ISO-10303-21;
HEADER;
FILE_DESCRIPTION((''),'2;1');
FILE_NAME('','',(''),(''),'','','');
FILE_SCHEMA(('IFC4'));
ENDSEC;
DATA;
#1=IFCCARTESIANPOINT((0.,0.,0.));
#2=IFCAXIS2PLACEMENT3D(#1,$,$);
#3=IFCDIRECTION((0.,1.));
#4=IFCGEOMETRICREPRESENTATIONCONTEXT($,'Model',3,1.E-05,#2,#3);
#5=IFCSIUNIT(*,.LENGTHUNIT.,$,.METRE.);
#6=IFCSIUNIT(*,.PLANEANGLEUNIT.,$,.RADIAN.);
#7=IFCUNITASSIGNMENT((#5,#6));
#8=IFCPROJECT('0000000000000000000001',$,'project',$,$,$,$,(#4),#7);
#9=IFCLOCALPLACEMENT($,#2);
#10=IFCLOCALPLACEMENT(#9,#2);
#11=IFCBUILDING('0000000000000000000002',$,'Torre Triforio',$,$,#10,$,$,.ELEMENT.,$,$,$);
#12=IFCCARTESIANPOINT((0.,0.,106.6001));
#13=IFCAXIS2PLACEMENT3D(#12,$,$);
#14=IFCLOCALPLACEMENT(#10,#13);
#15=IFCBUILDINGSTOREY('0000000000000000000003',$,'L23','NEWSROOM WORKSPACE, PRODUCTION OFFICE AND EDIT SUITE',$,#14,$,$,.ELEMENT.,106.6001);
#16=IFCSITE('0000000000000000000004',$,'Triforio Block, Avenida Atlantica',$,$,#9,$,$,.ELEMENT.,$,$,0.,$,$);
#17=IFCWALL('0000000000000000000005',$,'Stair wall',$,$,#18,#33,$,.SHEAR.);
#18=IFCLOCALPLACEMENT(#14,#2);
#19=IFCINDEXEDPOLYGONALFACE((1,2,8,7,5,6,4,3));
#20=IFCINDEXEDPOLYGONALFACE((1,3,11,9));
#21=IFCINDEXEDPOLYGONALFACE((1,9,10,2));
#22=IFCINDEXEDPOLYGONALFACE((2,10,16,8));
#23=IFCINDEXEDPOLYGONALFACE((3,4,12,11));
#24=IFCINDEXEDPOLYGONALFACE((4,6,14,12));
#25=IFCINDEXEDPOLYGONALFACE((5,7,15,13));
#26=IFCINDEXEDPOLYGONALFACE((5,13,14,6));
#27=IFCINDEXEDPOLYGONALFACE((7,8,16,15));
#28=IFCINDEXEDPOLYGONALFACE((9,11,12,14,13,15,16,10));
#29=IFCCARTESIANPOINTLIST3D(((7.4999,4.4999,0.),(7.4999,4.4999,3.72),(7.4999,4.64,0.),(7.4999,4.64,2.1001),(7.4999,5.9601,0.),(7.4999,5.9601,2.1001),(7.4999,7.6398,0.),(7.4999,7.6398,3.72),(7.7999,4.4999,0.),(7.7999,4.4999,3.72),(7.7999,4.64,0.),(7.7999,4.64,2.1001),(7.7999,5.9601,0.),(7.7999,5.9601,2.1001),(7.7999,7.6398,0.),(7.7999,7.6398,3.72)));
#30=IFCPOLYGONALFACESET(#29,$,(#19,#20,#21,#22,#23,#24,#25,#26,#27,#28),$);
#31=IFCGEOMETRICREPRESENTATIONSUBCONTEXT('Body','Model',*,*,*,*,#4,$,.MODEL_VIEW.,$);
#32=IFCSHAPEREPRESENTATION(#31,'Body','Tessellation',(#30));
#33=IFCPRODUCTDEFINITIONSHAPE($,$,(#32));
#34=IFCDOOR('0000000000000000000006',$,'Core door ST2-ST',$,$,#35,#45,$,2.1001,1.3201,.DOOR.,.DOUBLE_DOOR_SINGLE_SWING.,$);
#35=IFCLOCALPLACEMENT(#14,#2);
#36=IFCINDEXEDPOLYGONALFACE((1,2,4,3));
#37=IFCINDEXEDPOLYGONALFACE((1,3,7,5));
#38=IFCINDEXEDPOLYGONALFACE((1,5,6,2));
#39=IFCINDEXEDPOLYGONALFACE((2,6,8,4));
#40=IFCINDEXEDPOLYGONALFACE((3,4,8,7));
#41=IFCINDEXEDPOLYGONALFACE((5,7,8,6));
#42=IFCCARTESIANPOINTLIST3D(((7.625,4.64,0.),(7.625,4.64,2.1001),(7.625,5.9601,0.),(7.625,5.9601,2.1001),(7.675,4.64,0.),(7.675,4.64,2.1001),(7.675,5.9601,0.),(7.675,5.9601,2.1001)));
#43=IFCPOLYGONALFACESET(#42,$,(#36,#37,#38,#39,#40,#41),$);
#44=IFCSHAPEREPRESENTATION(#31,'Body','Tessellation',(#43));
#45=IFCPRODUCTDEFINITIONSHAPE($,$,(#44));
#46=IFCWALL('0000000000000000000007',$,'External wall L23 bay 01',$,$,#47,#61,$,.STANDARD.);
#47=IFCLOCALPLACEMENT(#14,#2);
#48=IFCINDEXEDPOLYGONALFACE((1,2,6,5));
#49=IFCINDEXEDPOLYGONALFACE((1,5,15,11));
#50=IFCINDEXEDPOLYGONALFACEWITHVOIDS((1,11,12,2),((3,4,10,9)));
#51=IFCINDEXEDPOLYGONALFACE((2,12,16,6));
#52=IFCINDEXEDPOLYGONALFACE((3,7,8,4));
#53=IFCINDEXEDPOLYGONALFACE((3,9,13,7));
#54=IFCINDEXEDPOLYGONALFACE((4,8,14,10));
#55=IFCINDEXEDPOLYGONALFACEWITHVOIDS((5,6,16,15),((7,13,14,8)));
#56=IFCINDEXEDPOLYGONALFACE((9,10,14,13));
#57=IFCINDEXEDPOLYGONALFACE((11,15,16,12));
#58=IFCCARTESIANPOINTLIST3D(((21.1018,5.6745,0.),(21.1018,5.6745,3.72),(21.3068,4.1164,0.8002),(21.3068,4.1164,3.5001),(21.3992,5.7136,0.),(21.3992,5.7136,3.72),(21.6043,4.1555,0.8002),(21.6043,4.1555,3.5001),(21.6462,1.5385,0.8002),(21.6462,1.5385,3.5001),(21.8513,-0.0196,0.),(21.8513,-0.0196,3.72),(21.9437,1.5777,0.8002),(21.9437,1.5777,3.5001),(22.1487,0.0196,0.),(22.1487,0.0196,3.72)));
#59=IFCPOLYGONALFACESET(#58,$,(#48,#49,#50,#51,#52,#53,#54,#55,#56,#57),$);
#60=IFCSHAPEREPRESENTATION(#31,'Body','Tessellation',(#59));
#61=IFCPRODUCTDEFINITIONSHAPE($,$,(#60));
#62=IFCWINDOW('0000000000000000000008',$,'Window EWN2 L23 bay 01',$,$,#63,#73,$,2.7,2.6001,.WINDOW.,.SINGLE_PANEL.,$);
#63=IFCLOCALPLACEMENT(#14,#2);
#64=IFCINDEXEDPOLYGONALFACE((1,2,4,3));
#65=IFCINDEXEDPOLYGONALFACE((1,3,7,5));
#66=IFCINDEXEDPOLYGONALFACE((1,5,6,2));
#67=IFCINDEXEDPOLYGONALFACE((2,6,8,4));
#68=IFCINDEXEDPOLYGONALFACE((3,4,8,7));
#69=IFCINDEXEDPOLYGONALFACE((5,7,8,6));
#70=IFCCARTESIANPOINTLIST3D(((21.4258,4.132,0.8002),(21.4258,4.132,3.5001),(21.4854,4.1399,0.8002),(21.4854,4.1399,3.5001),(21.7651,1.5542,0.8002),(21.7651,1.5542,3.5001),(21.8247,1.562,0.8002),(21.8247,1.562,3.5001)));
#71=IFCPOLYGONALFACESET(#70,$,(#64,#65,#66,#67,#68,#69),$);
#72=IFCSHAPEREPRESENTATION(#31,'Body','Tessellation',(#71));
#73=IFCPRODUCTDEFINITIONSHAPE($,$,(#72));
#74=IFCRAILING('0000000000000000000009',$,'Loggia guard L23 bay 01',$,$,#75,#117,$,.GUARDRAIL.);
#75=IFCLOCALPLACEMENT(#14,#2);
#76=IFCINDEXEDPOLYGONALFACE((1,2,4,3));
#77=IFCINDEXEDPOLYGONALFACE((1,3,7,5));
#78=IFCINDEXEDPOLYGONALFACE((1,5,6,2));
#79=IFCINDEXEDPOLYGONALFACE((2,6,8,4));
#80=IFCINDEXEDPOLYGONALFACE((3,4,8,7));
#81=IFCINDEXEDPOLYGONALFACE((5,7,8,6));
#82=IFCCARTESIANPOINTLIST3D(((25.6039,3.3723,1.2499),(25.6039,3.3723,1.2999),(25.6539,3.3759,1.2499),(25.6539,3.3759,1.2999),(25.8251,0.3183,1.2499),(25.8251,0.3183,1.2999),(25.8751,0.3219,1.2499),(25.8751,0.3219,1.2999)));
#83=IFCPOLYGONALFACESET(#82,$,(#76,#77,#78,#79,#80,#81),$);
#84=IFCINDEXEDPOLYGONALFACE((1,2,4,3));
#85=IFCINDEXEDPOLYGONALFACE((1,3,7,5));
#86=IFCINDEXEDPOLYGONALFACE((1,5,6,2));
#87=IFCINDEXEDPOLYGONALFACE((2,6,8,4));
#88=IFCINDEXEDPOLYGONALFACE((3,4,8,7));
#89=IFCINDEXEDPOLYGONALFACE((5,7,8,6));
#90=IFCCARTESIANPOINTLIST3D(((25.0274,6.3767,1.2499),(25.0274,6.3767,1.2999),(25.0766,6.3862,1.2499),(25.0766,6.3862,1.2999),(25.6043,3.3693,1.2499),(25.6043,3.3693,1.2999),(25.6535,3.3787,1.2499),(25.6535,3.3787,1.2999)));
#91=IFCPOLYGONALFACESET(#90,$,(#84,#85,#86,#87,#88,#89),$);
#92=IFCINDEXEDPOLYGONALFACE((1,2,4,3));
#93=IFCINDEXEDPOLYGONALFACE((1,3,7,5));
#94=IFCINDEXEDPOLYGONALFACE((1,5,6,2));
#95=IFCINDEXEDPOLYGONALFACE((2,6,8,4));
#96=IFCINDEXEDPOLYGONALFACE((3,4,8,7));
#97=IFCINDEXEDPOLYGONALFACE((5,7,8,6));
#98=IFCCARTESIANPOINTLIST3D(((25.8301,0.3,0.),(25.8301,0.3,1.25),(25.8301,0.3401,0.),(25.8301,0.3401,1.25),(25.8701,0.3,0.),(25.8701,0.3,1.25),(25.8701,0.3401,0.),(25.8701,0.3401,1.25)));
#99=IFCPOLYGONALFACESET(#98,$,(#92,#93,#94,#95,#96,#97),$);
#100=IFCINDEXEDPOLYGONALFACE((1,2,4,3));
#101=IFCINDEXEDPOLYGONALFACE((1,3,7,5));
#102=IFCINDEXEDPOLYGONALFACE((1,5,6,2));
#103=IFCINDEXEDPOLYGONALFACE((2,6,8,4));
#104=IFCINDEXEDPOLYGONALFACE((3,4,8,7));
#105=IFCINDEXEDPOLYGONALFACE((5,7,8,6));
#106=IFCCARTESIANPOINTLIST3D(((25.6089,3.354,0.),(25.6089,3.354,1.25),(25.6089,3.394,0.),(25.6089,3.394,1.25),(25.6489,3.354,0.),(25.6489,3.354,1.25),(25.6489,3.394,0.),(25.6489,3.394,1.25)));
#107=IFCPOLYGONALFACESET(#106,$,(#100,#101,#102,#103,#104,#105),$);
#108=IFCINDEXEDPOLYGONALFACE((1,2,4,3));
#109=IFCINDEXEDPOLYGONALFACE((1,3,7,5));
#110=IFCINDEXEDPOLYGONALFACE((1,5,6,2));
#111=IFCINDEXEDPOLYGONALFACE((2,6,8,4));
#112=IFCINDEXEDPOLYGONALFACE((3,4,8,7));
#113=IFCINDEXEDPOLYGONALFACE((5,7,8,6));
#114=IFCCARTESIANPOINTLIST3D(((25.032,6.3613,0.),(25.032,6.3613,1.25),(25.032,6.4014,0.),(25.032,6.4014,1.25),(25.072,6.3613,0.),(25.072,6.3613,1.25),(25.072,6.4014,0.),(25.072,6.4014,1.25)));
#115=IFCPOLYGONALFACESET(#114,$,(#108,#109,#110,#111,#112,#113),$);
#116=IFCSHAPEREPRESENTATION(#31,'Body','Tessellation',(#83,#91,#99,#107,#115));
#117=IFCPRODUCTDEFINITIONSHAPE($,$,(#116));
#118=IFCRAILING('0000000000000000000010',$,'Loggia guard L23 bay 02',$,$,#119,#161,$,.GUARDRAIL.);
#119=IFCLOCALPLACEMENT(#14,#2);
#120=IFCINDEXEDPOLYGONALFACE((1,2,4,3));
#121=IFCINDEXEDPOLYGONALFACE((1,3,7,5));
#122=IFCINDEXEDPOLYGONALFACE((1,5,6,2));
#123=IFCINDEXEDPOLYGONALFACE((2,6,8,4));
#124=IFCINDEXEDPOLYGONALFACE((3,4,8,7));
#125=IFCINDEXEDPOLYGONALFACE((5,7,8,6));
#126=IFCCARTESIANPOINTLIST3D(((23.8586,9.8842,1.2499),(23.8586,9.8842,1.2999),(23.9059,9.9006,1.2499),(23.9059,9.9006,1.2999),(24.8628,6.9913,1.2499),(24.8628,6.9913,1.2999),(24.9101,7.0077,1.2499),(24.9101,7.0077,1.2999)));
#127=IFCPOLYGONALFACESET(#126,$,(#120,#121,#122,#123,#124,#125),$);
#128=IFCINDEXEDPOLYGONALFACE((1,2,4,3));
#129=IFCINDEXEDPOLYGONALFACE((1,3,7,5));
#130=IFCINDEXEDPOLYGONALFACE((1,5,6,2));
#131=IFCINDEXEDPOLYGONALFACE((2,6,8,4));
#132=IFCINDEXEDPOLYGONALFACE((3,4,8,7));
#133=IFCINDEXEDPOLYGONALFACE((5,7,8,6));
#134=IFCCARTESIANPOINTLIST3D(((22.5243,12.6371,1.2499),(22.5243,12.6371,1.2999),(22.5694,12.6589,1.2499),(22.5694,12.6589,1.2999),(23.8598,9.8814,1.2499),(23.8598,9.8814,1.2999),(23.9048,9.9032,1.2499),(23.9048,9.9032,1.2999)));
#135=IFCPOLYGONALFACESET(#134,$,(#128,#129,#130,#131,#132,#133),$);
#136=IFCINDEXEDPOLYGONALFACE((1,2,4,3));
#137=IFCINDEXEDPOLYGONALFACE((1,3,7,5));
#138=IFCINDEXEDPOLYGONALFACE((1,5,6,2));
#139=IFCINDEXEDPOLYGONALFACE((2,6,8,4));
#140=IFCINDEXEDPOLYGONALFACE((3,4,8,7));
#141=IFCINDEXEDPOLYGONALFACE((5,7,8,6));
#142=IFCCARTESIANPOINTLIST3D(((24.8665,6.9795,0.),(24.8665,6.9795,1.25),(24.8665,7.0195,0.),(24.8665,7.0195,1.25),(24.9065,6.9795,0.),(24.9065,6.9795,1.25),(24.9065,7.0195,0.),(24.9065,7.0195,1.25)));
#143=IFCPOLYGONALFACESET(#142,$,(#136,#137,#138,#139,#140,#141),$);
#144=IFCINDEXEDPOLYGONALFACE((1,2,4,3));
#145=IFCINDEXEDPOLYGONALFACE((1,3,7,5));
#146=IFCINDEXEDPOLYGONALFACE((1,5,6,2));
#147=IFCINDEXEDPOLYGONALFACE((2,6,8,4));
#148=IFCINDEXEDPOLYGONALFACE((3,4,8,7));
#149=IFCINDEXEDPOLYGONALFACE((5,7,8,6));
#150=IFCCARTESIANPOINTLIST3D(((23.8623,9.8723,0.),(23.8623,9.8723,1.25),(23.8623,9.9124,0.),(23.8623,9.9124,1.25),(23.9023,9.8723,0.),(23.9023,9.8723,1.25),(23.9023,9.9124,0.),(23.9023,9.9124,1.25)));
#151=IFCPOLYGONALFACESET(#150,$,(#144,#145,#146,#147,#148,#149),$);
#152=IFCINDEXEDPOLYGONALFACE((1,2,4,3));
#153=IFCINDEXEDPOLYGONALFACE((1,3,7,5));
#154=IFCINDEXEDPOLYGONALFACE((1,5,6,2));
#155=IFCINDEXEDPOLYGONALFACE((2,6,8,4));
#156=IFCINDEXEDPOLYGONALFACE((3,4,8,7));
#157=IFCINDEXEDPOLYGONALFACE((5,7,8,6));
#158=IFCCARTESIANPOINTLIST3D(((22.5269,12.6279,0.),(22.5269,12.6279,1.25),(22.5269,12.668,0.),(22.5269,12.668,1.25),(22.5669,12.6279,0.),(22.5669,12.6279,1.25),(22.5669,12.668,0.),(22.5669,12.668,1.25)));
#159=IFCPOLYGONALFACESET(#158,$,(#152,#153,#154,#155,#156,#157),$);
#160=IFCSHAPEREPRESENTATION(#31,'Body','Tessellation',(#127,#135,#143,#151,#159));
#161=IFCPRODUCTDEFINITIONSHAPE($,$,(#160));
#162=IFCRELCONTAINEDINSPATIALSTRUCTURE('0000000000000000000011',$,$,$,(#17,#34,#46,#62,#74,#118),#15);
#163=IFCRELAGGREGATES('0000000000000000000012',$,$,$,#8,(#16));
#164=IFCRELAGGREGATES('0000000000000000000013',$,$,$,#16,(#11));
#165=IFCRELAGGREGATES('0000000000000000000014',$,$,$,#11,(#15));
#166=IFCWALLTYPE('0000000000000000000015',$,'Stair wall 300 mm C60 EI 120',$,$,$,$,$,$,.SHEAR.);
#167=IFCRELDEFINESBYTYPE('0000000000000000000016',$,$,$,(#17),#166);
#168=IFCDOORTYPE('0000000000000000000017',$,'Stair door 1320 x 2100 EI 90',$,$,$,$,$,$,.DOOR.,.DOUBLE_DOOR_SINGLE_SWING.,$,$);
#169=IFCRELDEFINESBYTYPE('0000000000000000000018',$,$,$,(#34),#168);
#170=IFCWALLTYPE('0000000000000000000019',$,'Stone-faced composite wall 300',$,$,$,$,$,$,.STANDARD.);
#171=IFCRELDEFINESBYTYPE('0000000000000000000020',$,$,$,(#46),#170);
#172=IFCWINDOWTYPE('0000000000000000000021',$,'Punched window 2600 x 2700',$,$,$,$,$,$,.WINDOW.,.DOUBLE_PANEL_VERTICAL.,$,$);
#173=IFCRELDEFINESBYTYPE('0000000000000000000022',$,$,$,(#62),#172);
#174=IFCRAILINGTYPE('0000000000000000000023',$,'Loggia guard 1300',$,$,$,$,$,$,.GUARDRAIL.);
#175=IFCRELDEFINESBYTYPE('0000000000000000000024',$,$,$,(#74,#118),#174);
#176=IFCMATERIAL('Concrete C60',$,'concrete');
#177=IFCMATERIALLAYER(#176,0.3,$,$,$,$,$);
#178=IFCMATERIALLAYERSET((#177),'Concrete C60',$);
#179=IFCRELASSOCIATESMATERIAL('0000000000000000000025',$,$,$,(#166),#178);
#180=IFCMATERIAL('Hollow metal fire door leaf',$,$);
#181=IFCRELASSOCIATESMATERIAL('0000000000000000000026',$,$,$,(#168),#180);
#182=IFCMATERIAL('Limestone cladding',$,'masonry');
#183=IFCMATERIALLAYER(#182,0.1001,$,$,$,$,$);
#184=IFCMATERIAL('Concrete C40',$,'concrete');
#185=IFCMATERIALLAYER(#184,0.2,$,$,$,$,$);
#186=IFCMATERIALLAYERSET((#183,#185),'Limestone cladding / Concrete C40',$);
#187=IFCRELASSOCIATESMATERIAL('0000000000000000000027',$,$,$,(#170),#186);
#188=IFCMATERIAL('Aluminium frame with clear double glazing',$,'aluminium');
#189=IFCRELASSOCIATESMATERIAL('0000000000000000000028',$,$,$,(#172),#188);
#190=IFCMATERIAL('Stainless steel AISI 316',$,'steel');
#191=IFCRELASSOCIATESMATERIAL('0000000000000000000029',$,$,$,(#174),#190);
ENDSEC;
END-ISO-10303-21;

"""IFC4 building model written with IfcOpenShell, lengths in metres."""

from ifc_helpers import new_model, si_unit, direction, frame, frame_2d, origin, origin_2d, place, context, subcontext, project, spatial, rectangle, extrude, material, layer, layer_set, type_object, element, fill, save


model = new_model("IFC4")

# Units and contexts
model_context = context("Model", 3, precision=1e-05, world=origin(), true_north=direction((0.0, 1.0)))
body_context = subcontext(model_context, "Body", "Model", "MODEL_VIEW")
ifc_project = project(units=[si_unit("LENGTHUNIT", "METRE"), si_unit("PLANEANGLEUNIT", "RADIAN")], contexts=[model_context])

# Site, building, storey
site_placement = place(None, origin())
site = spatial("IfcSite", under=ifc_project, at=site_placement, Name="Triforio Block, Avenida Atlantica", CompositionType="ELEMENT", RefElevation=0.0)
building_placement = place(site_placement, origin())
building = spatial("IfcBuilding", under=site, at=building_placement, Name="Torre Triforio", CompositionType="ELEMENT")
storey_placement = place(building_placement, frame((0.0, 0.0, 106.6001)))
storey = spatial("IfcBuildingStorey", under=building, at=storey_placement, Name="L23", Description="NEWSROOM WORKSPACE, PRODUCTION OFFICE AND EDIT SUITE", CompositionType="ELEMENT", Elevation=106.6001)

# Shared definitions
ifc_material_1 = material(Name="Concrete C60", Category="concrete")

# Shared definitions
ifc_material_2 = material(Name="Limestone cladding", Category="masonry")
ifc_material_3 = material(Name="Concrete C40", Category="concrete")

# Wall, opening, door
ifc_layer_1 = layer(ifc_material_1, 0.3)
ifc_layer_set_1 = layer_set([ifc_layer_1], Name="Concrete C60")
wall_type_1 = type_object("IfcWallType", Name="Stair wall 300 mm C60 EI 120", PredefinedType="SHEAR", material=ifc_layer_set_1)
wall_1_placement = place(storey_placement, frame((7.6499, 4.5, 0.0), z_axis=(0.0, 0.0, 1.0), x_axis=(0.0, 1.0, 0.0)))
wall_1 = element("IfcWall", 1, at=wall_1_placement, inside=storey, type_object=wall_type_1, Name="Stair wall", PredefinedType="SHEAR", context=body_context, shape_type="SweptSolid", body=[
    extrude(rectangle(XDim=3.1399, YDim=0.3, at=frame_2d((1.5698, 0.0))), origin(), (0.0, 0.0, 1.0), 3.72),
])
opening_1_placement = place(wall_1_placement, frame((0.1399, 0.0, 0.0)))
opening_1 = element("IfcOpeningElement", 2, at=opening_1_placement, cuts=wall_1, PredefinedType="OPENING", context=body_context, shape_type="SweptSolid", body=[
    extrude(rectangle(XDim=1.3201, YDim=2.1001, at=frame_2d((0.6602, 1.05))), frame((0.0, 0.1599, 0.0), z_axis=(0.0, -1.0, 0.0), x_axis=(1.0, 0.0, 0.0)), (0.0, 0.0, 1.0), 0.3201),
])
ifc_material_4 = material(Name="Hollow metal fire door leaf")
door_type_1 = type_object("IfcDoorType", Name="Stair door 1320 x 2100 EI 90", OperationType="DOUBLE_DOOR_SINGLE_SWING", PredefinedType="DOOR", material=ifc_material_4)
door_1_placement = place(opening_1_placement, origin())
door_1 = element("IfcDoor", 3, at=door_1_placement, inside=storey, type_object=door_type_1, Name="Core door ST2-ST", OperationType="DOUBLE_DOOR_SINGLE_SWING", OverallHeight=2.1001, OverallWidth=1.3201, PredefinedType="DOOR", context=body_context, shape_type="SweptSolid", body=[
    extrude(rectangle(XDim=1.3201, YDim=2.1001, at=frame_2d((0.6602, 1.05))), frame((0.0, 0.0249, 0.0), z_axis=(0.0, -1.0, 0.0), x_axis=(1.0, 0.0, 0.0)), (0.0, 0.0, 1.0), 0.05),
])
fill(opening_1, door_1)

# Wall, opening, window
ifc_layer_2 = layer(ifc_material_2, 0.1001)
ifc_layer_3 = layer(ifc_material_3, 0.2)
ifc_layer_set_2 = layer_set([ifc_layer_2, ifc_layer_3], Name="Limestone cladding / Concrete C40")
wall_type_2 = type_object("IfcWallType", Name="Stone-faced composite wall 300", PredefinedType="STANDARD", material=ifc_layer_set_2)
wall_2_placement = place(storey_placement, frame((22.0, 0.0, 0.0), z_axis=(0.0, 0.0, 1.0), x_axis=(-0.130504, 0.991448, 0.0)))
wall_2 = element("IfcWall", 4, at=wall_2_placement, inside=storey, type_object=wall_type_2, Name="External wall L23 bay 01", PredefinedType="STANDARD", context=body_context, shape_type="SweptSolid", body=[
    extrude(rectangle(XDim=5.7432, YDim=0.3, at=frame_2d((2.8716, 0.0))), origin(), (0.0, 0.0, 1.0), 3.72),
])
opening_2_placement = place(wall_2_placement, frame((1.5715, 0.0, 0.8)))
opening_2 = element("IfcOpeningElement", 5, at=opening_2_placement, cuts=wall_2, PredefinedType="OPENING", context=body_context, shape_type="SweptSolid", body=[
    extrude(rectangle(XDim=2.6001, YDim=2.7, at=frame_2d((1.3, 1.3501))), frame((0.0, 0.1599, 0.0), z_axis=(0.0, -1.0, 0.0), x_axis=(1.0, 0.0, 0.0)), (0.0, 0.0, 1.0), 0.3201),
])
ifc_material_5 = material(Name="Aluminium frame with clear double glazing", Category="aluminium")
window_type_1 = type_object("IfcWindowType", Name="Punched window 2600 x 2700", PartitioningType="DOUBLE_PANEL_VERTICAL", PredefinedType="WINDOW", material=ifc_material_5)
window_1_placement = place(opening_2_placement, origin())
window_1 = element("IfcWindow", 6, at=window_1_placement, inside=storey, type_object=window_type_1, Name="Window EWN2 L23 bay 01", OverallHeight=2.7, OverallWidth=2.6001, PartitioningType="SINGLE_PANEL", PredefinedType="WINDOW", context=body_context, shape_type="SweptSolid", body=[
    extrude(rectangle(XDim=2.6001, YDim=2.7, at=frame_2d((1.3, 1.3501))), frame((0.0, 0.03, 0.0), z_axis=(0.0, -1.0, 0.0), x_axis=(1.0, 0.0, 0.0)), (0.0, 0.0, 1.0), 0.0601),
])
fill(opening_2, window_1)

# Railings
ifc_material_6 = material(Name="Stainless steel AISI 316", Category="steel")
railing_type = type_object("IfcRailingType", Name="Loggia guard 1300", PredefinedType="GUARDRAIL", material=ifc_material_6)
railing_1_placement = place(storey_placement, frame((25.8501, 0.3201, 0.0)))
element("IfcRailing", 7, at=railing_1_placement, inside=storey, type_object=railing_type, Name="Loggia guard L23 bay 01", PredefinedType="GUARDRAIL", context=body_context, shape_type="SweptSolid", body=[
    extrude(rectangle(XDim=0.05, YDim=0.05, at=origin_2d()), frame((0.0, 0.0, 1.2749), z_axis=(-0.072239, 0.997387, 0.0), x_axis=(-0.997387, -0.072239, 0.0)), (0.0, 0.0, 1.0), 3.062),
    extrude(rectangle(XDim=0.05, YDim=0.05, at=origin_2d()), frame((-0.2212, 3.054, 1.2749), z_axis=(-0.188398, 0.982093, 0.0), x_axis=(-0.982093, -0.188398, 0.0)), (0.0, 0.0, 1.0), 3.0623),
    extrude(rectangle(XDim=0.04, YDim=0.04, at=origin_2d()), origin(), (0.0, 0.0, 1.0), 1.25),
    extrude(rectangle(XDim=0.04, YDim=0.04, at=origin_2d()), frame((-0.2212, 3.054, 0.0)), (0.0, 0.0, 1.0), 1.25),
    extrude(rectangle(XDim=0.04, YDim=0.04, at=origin_2d()), frame((-0.7981, 6.0613, 0.0)), (0.0, 0.0, 1.0), 1.25),
])
railing_2_placement = place(storey_placement, frame((24.8865, 6.9995, 0.0)))
element("IfcRailing", 8, at=railing_2_placement, inside=storey, type_object=railing_type, Name="Loggia guard L23 bay 02", PredefinedType="GUARDRAIL", context=body_context, shape_type="SweptSolid", body=[
    extrude(rectangle(XDim=0.05, YDim=0.05, at=origin_2d()), frame((0.0, 0.0, 1.2749), z_axis=(-0.327924, 0.944704, 0.0), x_axis=(-0.944704, -0.327924, 0.0)), (0.0, 0.0, 1.0), 3.0623),
    extrude(rectangle(XDim=0.05, YDim=0.05, at=origin_2d()), frame((-1.0042, 2.8928, 1.2749), z_axis=(-0.436113, 0.899892, 0.0), x_axis=(-0.899892, -0.436113, 0.0)), (0.0, 0.0, 1.0), 3.0623),
    extrude(rectangle(XDim=0.04, YDim=0.04, at=origin_2d()), origin(), (0.0, 0.0, 1.0), 1.25),
    extrude(rectangle(XDim=0.04, YDim=0.04, at=origin_2d()), frame((-1.0042, 2.8928, 0.0)), (0.0, 0.0, 1.0), 1.25),
    extrude(rectangle(XDim=0.04, YDim=0.04, at=origin_2d()), frame((-2.3396, 5.6484, 0.0)), (0.0, 0.0, 1.0), 1.25),
])

save(model, "model.ifc")
